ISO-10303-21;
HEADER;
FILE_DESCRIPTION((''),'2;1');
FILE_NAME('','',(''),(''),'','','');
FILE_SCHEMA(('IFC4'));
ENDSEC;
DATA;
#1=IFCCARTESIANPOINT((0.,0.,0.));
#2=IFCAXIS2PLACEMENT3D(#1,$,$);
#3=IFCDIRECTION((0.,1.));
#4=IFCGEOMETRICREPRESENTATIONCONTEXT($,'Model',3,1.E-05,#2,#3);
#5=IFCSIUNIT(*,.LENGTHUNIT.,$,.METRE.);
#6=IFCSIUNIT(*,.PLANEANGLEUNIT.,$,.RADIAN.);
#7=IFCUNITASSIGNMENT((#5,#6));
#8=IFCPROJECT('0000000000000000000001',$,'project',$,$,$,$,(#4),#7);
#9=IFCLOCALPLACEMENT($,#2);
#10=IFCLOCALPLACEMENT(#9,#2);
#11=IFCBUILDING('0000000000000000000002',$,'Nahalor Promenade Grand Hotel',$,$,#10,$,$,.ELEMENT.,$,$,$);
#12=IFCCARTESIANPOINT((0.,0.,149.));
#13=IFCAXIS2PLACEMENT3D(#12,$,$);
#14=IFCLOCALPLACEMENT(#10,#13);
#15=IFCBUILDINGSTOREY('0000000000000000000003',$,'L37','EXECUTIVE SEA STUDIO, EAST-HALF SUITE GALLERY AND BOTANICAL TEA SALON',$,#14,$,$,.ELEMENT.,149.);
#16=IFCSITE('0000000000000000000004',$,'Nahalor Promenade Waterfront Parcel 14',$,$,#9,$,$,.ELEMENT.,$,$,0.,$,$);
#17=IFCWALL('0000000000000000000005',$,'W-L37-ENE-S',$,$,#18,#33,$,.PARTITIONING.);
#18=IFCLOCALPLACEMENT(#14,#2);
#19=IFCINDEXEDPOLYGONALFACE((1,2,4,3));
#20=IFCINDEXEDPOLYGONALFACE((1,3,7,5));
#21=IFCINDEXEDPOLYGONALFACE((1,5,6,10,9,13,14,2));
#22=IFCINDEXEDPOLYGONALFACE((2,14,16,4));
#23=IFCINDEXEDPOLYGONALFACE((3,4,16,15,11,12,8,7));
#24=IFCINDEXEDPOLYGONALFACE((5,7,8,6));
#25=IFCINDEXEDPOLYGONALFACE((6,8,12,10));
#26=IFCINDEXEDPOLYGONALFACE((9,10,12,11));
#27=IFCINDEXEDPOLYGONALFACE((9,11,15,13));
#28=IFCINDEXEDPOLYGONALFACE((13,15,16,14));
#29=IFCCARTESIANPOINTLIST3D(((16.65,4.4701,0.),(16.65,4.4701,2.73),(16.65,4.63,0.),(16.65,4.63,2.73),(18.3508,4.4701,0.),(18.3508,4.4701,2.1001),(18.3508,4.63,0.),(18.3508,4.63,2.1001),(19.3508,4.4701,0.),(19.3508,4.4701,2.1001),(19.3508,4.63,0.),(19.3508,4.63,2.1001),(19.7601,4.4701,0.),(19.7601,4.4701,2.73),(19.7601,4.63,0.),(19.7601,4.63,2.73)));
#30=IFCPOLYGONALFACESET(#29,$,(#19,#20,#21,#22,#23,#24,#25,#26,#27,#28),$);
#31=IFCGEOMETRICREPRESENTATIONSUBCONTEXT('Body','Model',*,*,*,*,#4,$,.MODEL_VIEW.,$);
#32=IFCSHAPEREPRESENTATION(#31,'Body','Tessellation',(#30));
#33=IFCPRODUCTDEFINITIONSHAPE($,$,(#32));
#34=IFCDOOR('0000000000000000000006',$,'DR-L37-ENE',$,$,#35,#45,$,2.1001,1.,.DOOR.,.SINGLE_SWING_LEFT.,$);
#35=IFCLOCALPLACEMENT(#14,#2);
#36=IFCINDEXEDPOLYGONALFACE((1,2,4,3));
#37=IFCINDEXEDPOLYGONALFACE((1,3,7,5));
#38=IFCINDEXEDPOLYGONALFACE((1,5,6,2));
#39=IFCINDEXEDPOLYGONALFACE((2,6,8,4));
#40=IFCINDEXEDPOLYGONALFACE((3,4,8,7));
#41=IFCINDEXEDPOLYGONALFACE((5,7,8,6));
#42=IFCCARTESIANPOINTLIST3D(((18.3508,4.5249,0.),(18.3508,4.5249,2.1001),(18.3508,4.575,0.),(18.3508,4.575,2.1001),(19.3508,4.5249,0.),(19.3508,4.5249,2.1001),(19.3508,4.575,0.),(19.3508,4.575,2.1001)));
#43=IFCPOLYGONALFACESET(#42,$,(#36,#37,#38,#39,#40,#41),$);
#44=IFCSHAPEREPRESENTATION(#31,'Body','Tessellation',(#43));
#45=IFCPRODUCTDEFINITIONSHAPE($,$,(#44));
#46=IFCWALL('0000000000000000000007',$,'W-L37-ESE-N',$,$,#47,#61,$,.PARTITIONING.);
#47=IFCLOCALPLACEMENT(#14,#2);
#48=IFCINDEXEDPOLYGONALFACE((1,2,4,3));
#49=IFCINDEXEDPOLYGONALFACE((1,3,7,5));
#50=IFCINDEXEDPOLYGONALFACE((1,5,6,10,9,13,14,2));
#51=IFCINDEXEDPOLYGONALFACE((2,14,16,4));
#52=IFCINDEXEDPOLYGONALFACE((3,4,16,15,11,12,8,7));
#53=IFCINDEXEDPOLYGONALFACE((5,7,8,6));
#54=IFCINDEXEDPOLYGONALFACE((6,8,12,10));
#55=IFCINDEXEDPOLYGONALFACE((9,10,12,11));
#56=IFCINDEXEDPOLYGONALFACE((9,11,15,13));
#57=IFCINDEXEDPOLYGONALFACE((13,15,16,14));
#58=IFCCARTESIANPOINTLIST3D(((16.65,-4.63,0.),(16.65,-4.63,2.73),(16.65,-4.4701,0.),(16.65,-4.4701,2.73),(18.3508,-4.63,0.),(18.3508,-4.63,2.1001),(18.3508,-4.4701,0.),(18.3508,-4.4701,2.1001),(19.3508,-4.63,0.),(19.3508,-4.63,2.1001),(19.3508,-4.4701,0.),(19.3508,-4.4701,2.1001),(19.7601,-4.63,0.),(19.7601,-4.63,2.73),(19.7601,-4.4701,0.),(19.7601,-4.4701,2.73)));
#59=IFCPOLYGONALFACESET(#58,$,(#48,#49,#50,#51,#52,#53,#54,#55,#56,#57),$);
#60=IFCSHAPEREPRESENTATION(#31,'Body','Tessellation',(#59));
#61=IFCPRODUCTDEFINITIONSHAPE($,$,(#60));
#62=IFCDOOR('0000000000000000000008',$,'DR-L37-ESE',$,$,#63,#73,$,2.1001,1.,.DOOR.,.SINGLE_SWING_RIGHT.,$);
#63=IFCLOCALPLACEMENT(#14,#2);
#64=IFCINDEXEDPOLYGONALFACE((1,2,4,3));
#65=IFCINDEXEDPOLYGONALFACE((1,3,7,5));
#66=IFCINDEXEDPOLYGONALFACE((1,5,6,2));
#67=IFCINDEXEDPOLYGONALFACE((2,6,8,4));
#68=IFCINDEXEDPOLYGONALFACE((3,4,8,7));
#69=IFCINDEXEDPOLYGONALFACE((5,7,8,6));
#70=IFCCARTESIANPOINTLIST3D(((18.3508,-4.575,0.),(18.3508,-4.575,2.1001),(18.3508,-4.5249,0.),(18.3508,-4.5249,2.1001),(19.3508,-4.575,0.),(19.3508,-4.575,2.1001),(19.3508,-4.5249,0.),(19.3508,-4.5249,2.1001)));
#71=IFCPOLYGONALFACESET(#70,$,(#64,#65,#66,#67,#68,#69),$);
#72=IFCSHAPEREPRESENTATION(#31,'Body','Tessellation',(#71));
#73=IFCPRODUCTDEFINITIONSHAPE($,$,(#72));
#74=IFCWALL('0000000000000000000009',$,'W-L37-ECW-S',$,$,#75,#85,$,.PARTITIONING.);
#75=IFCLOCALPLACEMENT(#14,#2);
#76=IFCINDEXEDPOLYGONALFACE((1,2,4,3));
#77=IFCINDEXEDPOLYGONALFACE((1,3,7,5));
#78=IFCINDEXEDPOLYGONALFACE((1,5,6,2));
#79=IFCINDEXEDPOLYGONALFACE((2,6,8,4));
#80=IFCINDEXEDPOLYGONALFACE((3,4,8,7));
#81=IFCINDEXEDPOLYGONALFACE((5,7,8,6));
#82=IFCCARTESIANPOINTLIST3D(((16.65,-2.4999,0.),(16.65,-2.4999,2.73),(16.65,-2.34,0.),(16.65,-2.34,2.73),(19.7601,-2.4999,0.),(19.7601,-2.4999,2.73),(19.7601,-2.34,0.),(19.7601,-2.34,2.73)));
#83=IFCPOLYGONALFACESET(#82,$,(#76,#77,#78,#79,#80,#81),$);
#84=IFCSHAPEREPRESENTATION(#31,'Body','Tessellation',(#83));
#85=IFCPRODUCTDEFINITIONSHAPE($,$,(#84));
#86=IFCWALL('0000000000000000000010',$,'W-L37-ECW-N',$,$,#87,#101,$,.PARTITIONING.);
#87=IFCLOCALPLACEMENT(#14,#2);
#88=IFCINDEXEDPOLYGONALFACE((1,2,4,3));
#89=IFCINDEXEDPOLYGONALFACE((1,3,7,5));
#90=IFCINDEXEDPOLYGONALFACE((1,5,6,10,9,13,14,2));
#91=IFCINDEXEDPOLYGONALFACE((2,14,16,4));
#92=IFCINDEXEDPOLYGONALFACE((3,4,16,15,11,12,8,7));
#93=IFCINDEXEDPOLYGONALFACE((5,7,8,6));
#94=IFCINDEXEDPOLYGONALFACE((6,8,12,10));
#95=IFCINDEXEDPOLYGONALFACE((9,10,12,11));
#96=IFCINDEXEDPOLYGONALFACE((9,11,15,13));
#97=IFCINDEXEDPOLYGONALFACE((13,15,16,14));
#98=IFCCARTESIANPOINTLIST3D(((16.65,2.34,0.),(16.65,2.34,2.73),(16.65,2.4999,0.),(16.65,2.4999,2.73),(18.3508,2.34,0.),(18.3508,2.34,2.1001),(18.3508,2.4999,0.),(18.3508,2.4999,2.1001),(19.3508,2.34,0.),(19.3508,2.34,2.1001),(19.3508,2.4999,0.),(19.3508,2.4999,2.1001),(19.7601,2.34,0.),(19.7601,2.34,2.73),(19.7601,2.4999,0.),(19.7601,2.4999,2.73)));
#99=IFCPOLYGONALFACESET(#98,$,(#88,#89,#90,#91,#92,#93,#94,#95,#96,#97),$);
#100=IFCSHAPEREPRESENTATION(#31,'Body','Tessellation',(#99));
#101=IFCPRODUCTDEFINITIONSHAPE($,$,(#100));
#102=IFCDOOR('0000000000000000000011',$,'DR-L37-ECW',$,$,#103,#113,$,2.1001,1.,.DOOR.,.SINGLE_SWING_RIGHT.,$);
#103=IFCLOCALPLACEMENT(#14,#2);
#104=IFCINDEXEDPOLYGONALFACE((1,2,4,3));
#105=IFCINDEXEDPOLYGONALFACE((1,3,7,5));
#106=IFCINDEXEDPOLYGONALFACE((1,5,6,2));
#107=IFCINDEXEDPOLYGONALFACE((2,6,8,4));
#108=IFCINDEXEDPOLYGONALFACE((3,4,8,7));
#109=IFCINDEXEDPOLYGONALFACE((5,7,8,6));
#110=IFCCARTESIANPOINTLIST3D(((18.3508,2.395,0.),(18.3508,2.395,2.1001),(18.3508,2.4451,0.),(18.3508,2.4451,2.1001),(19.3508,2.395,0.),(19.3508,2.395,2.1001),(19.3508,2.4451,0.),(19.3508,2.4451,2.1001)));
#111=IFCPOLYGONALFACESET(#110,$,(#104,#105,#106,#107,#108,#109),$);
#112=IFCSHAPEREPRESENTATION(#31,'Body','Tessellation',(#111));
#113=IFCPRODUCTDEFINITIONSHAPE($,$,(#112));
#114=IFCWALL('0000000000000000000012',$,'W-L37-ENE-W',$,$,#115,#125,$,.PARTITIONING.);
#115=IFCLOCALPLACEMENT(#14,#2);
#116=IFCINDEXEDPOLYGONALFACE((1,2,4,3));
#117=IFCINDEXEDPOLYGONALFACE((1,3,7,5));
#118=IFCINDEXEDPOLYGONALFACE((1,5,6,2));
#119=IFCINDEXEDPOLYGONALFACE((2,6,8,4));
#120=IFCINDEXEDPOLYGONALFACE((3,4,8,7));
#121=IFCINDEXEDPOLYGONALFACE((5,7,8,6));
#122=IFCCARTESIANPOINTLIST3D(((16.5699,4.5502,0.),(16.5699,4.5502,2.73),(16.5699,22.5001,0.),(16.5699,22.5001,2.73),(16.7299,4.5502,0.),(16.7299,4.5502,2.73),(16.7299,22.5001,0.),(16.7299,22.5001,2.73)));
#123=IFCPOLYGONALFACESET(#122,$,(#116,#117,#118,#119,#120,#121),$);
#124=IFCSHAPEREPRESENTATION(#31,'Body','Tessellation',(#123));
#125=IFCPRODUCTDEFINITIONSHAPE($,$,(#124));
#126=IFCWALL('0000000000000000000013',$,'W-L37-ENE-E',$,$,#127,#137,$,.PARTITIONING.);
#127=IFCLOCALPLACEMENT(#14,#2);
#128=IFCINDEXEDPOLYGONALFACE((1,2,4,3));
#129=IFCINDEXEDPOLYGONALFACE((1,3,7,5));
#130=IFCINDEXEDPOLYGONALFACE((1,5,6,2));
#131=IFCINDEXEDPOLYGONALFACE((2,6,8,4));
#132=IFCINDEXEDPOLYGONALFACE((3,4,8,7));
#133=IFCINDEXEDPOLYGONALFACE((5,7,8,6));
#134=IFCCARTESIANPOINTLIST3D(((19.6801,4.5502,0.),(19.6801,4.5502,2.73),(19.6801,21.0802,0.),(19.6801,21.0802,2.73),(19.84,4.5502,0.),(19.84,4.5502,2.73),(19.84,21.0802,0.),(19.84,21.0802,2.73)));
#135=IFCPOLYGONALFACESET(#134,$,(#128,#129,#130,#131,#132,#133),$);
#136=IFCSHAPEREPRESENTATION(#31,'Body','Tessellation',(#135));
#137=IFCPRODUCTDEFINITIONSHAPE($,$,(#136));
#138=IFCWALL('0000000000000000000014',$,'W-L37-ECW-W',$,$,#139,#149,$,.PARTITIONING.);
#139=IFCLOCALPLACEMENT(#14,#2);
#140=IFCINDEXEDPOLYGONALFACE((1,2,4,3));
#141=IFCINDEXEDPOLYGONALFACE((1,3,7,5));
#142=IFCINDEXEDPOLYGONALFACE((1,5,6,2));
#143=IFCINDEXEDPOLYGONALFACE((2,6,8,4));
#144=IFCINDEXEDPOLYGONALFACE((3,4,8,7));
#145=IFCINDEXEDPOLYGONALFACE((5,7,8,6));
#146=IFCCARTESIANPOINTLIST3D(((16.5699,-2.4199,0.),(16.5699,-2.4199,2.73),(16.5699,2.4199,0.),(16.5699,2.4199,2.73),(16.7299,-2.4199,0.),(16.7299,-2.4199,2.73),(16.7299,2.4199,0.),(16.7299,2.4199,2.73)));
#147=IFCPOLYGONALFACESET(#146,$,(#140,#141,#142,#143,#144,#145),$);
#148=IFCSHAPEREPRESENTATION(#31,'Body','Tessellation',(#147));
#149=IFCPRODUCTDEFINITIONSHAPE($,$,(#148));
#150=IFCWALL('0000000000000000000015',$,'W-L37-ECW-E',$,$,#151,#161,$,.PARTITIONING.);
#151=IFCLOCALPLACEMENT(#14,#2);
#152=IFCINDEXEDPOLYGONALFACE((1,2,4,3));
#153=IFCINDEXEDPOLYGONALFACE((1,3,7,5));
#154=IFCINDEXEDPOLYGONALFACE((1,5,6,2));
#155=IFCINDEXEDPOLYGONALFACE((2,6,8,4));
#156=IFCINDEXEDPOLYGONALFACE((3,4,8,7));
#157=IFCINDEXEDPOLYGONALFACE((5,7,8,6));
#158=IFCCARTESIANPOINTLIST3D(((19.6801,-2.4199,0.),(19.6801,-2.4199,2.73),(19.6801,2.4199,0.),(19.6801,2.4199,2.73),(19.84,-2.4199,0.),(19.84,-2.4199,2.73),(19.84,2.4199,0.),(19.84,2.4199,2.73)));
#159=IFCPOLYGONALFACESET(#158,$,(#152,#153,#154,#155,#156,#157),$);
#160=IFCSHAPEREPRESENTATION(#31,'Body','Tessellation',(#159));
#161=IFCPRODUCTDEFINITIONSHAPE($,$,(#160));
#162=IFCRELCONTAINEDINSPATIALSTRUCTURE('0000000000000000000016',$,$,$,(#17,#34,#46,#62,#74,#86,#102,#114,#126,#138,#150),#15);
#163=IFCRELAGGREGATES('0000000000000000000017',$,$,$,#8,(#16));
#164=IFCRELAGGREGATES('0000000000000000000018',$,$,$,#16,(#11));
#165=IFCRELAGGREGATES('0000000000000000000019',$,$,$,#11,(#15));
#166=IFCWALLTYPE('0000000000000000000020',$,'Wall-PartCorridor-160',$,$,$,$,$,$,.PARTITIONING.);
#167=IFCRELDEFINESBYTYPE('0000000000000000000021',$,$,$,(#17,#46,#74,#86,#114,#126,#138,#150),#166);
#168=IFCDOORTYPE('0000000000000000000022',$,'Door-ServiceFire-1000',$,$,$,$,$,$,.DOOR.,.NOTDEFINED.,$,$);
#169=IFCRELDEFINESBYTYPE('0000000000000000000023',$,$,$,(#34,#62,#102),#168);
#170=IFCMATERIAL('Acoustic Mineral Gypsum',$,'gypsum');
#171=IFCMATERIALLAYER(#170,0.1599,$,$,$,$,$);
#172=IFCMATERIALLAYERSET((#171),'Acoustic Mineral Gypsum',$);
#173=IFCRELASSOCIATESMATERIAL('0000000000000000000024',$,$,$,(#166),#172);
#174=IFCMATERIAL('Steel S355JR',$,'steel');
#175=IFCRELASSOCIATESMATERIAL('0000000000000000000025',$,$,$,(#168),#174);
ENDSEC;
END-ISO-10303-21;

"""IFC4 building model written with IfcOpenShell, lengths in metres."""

from ifc_helpers import new_model, si_unit, direction, frame, frame_2d, origin, place, context, subcontext, project, spatial, rectangle, extrude, source, transform, mapped, material, layer, layer_set, type_object, element, fill, save


model = new_model("IFC4")

# Units and contexts
model_context = context("Model", 3, precision=1e-05, world=origin(), true_north=direction((0.0, 1.0)))
body_context = subcontext(model_context, "Body", "Model", "MODEL_VIEW")
ifc_project = project(units=[si_unit("LENGTHUNIT", "METRE"), si_unit("PLANEANGLEUNIT", "RADIAN")], contexts=[model_context])

# Site, building, storey
site_placement = place(None, origin())
site = spatial("IfcSite", under=ifc_project, at=site_placement, Name="Nahalor Promenade Waterfront Parcel 14", CompositionType="ELEMENT", RefElevation=0.0)
building_placement = place(site_placement, origin())
building = spatial("IfcBuilding", under=site, at=building_placement, Name="Nahalor Promenade Grand Hotel", CompositionType="ELEMENT")
storey_placement = place(building_placement, frame((0.0, 0.0, 149.0)))
storey = spatial("IfcBuildingStorey", under=building, at=storey_placement, Name="L37", Description="EXECUTIVE SEA STUDIO, EAST-HALF SUITE GALLERY AND BOTANICAL TEA SALON", CompositionType="ELEMENT", Elevation=149.0)

# Shared definitions
ifc_material_1 = material(Name="Steel S355JR", Category="steel")

# Walls, openings, doors
ifc_material_2 = material(Name="Acoustic Mineral Gypsum", Category="gypsum")
ifc_layer_1 = layer(ifc_material_2, 0.1599)
ifc_layer_set_1 = layer_set([ifc_layer_1], Name="Acoustic Mineral Gypsum")
wall_type_1 = type_object("IfcWallType", Name="Wall-PartCorridor-160", PredefinedType="PARTITIONING", material=ifc_layer_set_1)
shared_shape_1 = source(origin(), body_context, "Body", "SweptSolid", [
    extrude(rectangle(XDim=3.1101, YDim=0.1599, at=frame_2d((1.5552, 0.0))), origin(), (0.0, 0.0, 1.0), 2.73),
])
wall_1_placement = place(storey_placement, frame((16.6499, 4.55, 0.0), z_axis=(0.0, 0.0, 1.0), x_axis=(1.0, 0.0, 0.0)))
wall_1 = element("IfcWall", 1, at=wall_1_placement, inside=storey, type_object=wall_type_1, Name="W-L37-ENE-S", PredefinedType="PARTITIONING", context=body_context, shape_type="MappedRepresentation", body=[
    mapped(shared_shape_1, transform((0.0, 0.0, 0.0), scale=1.0)),
])
opening_1_placement = place(wall_1_placement, frame((1.7009, 0.0, 0.0)))
opening_1 = element("IfcOpeningElement", 2, at=opening_1_placement, cuts=wall_1, PredefinedType="OPENING", context=body_context, shape_type="SweptSolid", body=[
    extrude(rectangle(XDim=1.0, YDim=2.1001, at=frame_2d((0.5, 1.05))), frame((0.0, 0.0898, 0.0), z_axis=(0.0, -1.0, 0.0), x_axis=(1.0, 0.0, 0.0)), (0.0, 0.0, 1.0), 0.1799),
])
door_type_1 = type_object("IfcDoorType", Name="Door-ServiceFire-1000", OperationType="NOTDEFINED", PredefinedType="DOOR", material=ifc_material_1)
shared_shape_2 = source(origin(), body_context, "Body", "SweptSolid", [
    extrude(rectangle(XDim=1.0, YDim=2.1001, at=frame_2d((0.5, 1.05))), frame((0.0, 0.0249, 0.0), z_axis=(0.0, -1.0, 0.0), x_axis=(1.0, 0.0, 0.0)), (0.0, 0.0, 1.0), 0.05),
])
door_1_placement = place(opening_1_placement, origin())
door_1 = element("IfcDoor", 3, at=door_1_placement, inside=storey, type_object=door_type_1, Name="DR-L37-ENE", OperationType="SINGLE_SWING_LEFT", OverallHeight=2.1001, OverallWidth=1.0, PredefinedType="DOOR", context=body_context, shape_type="MappedRepresentation", body=[
    mapped(shared_shape_2, transform((0.0, 0.0, 0.0), scale=1.0)),
])
fill(opening_1, door_1)
wall_2_placement = place(storey_placement, frame((16.6499, -4.55, 0.0), z_axis=(0.0, 0.0, 1.0), x_axis=(1.0, 0.0, 0.0)))
wall_2 = element("IfcWall", 4, at=wall_2_placement, inside=storey, type_object=wall_type_1, Name="W-L37-ESE-N", PredefinedType="PARTITIONING", context=body_context, shape_type="MappedRepresentation", body=[
    mapped(shared_shape_1, transform((0.0, 0.0, 0.0), scale=1.0)),
])
opening_2_placement = place(wall_2_placement, frame((1.7009, 0.0, 0.0)))
opening_2 = element("IfcOpeningElement", 5, at=opening_2_placement, cuts=wall_2, PredefinedType="OPENING", context=body_context, shape_type="SweptSolid", body=[
    extrude(rectangle(XDim=1.0, YDim=2.1001, at=frame_2d((0.5, 1.05))), frame((0.0, 0.0898, 0.0), z_axis=(0.0, -1.0, 0.0), x_axis=(1.0, 0.0, 0.0)), (0.0, 0.0, 1.0), 0.1799),
])
door_2_placement = place(opening_2_placement, frame((1.0, 0.0, 0.0), z_axis=(0.0, 0.0, 1.0), x_axis=(-1.0, 0.0, 0.0)))
door_2 = element("IfcDoor", 6, at=door_2_placement, inside=storey, type_object=door_type_1, Name="DR-L37-ESE", OperationType="SINGLE_SWING_RIGHT", OverallHeight=2.1001, OverallWidth=1.0, PredefinedType="DOOR", context=body_context, shape_type="MappedRepresentation", body=[
    mapped(shared_shape_2, transform((0.0, 0.0, 0.0), scale=1.0)),
])
fill(opening_2, door_2)

# Wall
wall_3_placement = place(storey_placement, frame((16.6499, -2.4199, 0.0), z_axis=(0.0, 0.0, 1.0), x_axis=(1.0, 0.0, 0.0)))
element("IfcWall", 7, at=wall_3_placement, inside=storey, type_object=wall_type_1, Name="W-L37-ECW-S", PredefinedType="PARTITIONING", context=body_context, shape_type="MappedRepresentation", body=[
    mapped(shared_shape_1, transform((0.0, 0.0, 0.0), scale=1.0)),
])

# Wall, opening, door
wall_4_placement = place(storey_placement, frame((16.6499, 2.4199, 0.0), z_axis=(0.0, 0.0, 1.0), x_axis=(1.0, 0.0, 0.0)))
wall_4 = element("IfcWall", 8, at=wall_4_placement, inside=storey, type_object=wall_type_1, Name="W-L37-ECW-N", PredefinedType="PARTITIONING", context=body_context, shape_type="MappedRepresentation", body=[
    mapped(shared_shape_1, transform((0.0, 0.0, 0.0), scale=1.0)),
])
opening_3_placement = place(wall_4_placement, frame((1.7009, 0.0, 0.0)))
opening_3 = element("IfcOpeningElement", 9, at=opening_3_placement, cuts=wall_4, PredefinedType="OPENING", context=body_context, shape_type="SweptSolid", body=[
    extrude(rectangle(XDim=1.0, YDim=2.1001, at=frame_2d((0.5, 1.05))), frame((0.0, 0.0898, 0.0), z_axis=(0.0, -1.0, 0.0), x_axis=(1.0, 0.0, 0.0)), (0.0, 0.0, 1.0), 0.1799),
])
door_3_placement = place(opening_3_placement, frame((1.0, 0.0, 0.0), z_axis=(0.0, 0.0, 1.0), x_axis=(-1.0, 0.0, 0.0)))
door_3 = element("IfcDoor", 10, at=door_3_placement, inside=storey, type_object=door_type_1, Name="DR-L37-ECW", OperationType="SINGLE_SWING_RIGHT", OverallHeight=2.1001, OverallWidth=1.0, PredefinedType="DOOR", context=body_context, shape_type="MappedRepresentation", body=[
    mapped(shared_shape_2, transform((0.0, 0.0, 0.0), scale=1.0)),
])
fill(opening_3, door_3)

# Walls
shared_shape_3 = source(origin(), body_context, "Body", "SweptSolid", [
    extrude(rectangle(XDim=17.95, YDim=0.1599, at=frame_2d((8.9751, 0.0))), origin(), (0.0, 0.0, 1.0), 2.73),
])
wall_5_placement = place(storey_placement, frame((16.6499, 4.55, 0.0), z_axis=(0.0, 0.0, 1.0), x_axis=(0.0, 1.0, 0.0)))
element("IfcWall", 11, at=wall_5_placement, inside=storey, type_object=wall_type_1, Name="W-L37-ENE-W", PredefinedType="PARTITIONING", context=body_context, shape_type="MappedRepresentation", body=[
    mapped(shared_shape_3, transform((0.0, 0.0, 0.0), scale=1.0)),
])
shared_shape_4 = source(origin(), body_context, "Body", "SweptSolid", [
    extrude(rectangle(XDim=16.53, YDim=0.1599, at=frame_2d((8.2651, 0.0))), origin(), (0.0, 0.0, 1.0), 2.73),
])
wall_6_placement = place(storey_placement, frame((19.76, 4.55, 0.0), z_axis=(0.0, 0.0, 1.0), x_axis=(0.0, 1.0, 0.0)))
element("IfcWall", 12, at=wall_6_placement, inside=storey, type_object=wall_type_1, Name="W-L37-ENE-E", PredefinedType="PARTITIONING", context=body_context, shape_type="MappedRepresentation", body=[
    mapped(shared_shape_4, transform((0.0, 0.0, 0.0), scale=1.0)),
])
shared_shape_5 = source(origin(), body_context, "Body", "SweptSolid", [
    extrude(rectangle(XDim=4.8398, YDim=0.1599, at=frame_2d((2.4199, 0.0))), origin(), (0.0, 0.0, 1.0), 2.73),
])
for number, where, z_axis, x_axis, name in (
    (13, (16.6499, -2.4199, 0.0), (0.0, 0.0, 1.0), (0.0, 1.0, 0.0), "W-L37-ECW-W"),
    (14, (19.76, -2.4199, 0.0), (0.0, 0.0, 1.0), (0.0, 1.0, 0.0), "W-L37-ECW-E"),
):
    element("IfcWall", number, at=place(storey_placement, frame(where, z_axis=z_axis, x_axis=x_axis)), inside=storey, type_object=wall_type_1, Name=name, PredefinedType="PARTITIONING", context=body_context, shape_type="MappedRepresentation", body=[
        mapped(shared_shape_5, transform((0.0, 0.0, 0.0), scale=1.0)),
    ])

save(model, "model.ifc")
